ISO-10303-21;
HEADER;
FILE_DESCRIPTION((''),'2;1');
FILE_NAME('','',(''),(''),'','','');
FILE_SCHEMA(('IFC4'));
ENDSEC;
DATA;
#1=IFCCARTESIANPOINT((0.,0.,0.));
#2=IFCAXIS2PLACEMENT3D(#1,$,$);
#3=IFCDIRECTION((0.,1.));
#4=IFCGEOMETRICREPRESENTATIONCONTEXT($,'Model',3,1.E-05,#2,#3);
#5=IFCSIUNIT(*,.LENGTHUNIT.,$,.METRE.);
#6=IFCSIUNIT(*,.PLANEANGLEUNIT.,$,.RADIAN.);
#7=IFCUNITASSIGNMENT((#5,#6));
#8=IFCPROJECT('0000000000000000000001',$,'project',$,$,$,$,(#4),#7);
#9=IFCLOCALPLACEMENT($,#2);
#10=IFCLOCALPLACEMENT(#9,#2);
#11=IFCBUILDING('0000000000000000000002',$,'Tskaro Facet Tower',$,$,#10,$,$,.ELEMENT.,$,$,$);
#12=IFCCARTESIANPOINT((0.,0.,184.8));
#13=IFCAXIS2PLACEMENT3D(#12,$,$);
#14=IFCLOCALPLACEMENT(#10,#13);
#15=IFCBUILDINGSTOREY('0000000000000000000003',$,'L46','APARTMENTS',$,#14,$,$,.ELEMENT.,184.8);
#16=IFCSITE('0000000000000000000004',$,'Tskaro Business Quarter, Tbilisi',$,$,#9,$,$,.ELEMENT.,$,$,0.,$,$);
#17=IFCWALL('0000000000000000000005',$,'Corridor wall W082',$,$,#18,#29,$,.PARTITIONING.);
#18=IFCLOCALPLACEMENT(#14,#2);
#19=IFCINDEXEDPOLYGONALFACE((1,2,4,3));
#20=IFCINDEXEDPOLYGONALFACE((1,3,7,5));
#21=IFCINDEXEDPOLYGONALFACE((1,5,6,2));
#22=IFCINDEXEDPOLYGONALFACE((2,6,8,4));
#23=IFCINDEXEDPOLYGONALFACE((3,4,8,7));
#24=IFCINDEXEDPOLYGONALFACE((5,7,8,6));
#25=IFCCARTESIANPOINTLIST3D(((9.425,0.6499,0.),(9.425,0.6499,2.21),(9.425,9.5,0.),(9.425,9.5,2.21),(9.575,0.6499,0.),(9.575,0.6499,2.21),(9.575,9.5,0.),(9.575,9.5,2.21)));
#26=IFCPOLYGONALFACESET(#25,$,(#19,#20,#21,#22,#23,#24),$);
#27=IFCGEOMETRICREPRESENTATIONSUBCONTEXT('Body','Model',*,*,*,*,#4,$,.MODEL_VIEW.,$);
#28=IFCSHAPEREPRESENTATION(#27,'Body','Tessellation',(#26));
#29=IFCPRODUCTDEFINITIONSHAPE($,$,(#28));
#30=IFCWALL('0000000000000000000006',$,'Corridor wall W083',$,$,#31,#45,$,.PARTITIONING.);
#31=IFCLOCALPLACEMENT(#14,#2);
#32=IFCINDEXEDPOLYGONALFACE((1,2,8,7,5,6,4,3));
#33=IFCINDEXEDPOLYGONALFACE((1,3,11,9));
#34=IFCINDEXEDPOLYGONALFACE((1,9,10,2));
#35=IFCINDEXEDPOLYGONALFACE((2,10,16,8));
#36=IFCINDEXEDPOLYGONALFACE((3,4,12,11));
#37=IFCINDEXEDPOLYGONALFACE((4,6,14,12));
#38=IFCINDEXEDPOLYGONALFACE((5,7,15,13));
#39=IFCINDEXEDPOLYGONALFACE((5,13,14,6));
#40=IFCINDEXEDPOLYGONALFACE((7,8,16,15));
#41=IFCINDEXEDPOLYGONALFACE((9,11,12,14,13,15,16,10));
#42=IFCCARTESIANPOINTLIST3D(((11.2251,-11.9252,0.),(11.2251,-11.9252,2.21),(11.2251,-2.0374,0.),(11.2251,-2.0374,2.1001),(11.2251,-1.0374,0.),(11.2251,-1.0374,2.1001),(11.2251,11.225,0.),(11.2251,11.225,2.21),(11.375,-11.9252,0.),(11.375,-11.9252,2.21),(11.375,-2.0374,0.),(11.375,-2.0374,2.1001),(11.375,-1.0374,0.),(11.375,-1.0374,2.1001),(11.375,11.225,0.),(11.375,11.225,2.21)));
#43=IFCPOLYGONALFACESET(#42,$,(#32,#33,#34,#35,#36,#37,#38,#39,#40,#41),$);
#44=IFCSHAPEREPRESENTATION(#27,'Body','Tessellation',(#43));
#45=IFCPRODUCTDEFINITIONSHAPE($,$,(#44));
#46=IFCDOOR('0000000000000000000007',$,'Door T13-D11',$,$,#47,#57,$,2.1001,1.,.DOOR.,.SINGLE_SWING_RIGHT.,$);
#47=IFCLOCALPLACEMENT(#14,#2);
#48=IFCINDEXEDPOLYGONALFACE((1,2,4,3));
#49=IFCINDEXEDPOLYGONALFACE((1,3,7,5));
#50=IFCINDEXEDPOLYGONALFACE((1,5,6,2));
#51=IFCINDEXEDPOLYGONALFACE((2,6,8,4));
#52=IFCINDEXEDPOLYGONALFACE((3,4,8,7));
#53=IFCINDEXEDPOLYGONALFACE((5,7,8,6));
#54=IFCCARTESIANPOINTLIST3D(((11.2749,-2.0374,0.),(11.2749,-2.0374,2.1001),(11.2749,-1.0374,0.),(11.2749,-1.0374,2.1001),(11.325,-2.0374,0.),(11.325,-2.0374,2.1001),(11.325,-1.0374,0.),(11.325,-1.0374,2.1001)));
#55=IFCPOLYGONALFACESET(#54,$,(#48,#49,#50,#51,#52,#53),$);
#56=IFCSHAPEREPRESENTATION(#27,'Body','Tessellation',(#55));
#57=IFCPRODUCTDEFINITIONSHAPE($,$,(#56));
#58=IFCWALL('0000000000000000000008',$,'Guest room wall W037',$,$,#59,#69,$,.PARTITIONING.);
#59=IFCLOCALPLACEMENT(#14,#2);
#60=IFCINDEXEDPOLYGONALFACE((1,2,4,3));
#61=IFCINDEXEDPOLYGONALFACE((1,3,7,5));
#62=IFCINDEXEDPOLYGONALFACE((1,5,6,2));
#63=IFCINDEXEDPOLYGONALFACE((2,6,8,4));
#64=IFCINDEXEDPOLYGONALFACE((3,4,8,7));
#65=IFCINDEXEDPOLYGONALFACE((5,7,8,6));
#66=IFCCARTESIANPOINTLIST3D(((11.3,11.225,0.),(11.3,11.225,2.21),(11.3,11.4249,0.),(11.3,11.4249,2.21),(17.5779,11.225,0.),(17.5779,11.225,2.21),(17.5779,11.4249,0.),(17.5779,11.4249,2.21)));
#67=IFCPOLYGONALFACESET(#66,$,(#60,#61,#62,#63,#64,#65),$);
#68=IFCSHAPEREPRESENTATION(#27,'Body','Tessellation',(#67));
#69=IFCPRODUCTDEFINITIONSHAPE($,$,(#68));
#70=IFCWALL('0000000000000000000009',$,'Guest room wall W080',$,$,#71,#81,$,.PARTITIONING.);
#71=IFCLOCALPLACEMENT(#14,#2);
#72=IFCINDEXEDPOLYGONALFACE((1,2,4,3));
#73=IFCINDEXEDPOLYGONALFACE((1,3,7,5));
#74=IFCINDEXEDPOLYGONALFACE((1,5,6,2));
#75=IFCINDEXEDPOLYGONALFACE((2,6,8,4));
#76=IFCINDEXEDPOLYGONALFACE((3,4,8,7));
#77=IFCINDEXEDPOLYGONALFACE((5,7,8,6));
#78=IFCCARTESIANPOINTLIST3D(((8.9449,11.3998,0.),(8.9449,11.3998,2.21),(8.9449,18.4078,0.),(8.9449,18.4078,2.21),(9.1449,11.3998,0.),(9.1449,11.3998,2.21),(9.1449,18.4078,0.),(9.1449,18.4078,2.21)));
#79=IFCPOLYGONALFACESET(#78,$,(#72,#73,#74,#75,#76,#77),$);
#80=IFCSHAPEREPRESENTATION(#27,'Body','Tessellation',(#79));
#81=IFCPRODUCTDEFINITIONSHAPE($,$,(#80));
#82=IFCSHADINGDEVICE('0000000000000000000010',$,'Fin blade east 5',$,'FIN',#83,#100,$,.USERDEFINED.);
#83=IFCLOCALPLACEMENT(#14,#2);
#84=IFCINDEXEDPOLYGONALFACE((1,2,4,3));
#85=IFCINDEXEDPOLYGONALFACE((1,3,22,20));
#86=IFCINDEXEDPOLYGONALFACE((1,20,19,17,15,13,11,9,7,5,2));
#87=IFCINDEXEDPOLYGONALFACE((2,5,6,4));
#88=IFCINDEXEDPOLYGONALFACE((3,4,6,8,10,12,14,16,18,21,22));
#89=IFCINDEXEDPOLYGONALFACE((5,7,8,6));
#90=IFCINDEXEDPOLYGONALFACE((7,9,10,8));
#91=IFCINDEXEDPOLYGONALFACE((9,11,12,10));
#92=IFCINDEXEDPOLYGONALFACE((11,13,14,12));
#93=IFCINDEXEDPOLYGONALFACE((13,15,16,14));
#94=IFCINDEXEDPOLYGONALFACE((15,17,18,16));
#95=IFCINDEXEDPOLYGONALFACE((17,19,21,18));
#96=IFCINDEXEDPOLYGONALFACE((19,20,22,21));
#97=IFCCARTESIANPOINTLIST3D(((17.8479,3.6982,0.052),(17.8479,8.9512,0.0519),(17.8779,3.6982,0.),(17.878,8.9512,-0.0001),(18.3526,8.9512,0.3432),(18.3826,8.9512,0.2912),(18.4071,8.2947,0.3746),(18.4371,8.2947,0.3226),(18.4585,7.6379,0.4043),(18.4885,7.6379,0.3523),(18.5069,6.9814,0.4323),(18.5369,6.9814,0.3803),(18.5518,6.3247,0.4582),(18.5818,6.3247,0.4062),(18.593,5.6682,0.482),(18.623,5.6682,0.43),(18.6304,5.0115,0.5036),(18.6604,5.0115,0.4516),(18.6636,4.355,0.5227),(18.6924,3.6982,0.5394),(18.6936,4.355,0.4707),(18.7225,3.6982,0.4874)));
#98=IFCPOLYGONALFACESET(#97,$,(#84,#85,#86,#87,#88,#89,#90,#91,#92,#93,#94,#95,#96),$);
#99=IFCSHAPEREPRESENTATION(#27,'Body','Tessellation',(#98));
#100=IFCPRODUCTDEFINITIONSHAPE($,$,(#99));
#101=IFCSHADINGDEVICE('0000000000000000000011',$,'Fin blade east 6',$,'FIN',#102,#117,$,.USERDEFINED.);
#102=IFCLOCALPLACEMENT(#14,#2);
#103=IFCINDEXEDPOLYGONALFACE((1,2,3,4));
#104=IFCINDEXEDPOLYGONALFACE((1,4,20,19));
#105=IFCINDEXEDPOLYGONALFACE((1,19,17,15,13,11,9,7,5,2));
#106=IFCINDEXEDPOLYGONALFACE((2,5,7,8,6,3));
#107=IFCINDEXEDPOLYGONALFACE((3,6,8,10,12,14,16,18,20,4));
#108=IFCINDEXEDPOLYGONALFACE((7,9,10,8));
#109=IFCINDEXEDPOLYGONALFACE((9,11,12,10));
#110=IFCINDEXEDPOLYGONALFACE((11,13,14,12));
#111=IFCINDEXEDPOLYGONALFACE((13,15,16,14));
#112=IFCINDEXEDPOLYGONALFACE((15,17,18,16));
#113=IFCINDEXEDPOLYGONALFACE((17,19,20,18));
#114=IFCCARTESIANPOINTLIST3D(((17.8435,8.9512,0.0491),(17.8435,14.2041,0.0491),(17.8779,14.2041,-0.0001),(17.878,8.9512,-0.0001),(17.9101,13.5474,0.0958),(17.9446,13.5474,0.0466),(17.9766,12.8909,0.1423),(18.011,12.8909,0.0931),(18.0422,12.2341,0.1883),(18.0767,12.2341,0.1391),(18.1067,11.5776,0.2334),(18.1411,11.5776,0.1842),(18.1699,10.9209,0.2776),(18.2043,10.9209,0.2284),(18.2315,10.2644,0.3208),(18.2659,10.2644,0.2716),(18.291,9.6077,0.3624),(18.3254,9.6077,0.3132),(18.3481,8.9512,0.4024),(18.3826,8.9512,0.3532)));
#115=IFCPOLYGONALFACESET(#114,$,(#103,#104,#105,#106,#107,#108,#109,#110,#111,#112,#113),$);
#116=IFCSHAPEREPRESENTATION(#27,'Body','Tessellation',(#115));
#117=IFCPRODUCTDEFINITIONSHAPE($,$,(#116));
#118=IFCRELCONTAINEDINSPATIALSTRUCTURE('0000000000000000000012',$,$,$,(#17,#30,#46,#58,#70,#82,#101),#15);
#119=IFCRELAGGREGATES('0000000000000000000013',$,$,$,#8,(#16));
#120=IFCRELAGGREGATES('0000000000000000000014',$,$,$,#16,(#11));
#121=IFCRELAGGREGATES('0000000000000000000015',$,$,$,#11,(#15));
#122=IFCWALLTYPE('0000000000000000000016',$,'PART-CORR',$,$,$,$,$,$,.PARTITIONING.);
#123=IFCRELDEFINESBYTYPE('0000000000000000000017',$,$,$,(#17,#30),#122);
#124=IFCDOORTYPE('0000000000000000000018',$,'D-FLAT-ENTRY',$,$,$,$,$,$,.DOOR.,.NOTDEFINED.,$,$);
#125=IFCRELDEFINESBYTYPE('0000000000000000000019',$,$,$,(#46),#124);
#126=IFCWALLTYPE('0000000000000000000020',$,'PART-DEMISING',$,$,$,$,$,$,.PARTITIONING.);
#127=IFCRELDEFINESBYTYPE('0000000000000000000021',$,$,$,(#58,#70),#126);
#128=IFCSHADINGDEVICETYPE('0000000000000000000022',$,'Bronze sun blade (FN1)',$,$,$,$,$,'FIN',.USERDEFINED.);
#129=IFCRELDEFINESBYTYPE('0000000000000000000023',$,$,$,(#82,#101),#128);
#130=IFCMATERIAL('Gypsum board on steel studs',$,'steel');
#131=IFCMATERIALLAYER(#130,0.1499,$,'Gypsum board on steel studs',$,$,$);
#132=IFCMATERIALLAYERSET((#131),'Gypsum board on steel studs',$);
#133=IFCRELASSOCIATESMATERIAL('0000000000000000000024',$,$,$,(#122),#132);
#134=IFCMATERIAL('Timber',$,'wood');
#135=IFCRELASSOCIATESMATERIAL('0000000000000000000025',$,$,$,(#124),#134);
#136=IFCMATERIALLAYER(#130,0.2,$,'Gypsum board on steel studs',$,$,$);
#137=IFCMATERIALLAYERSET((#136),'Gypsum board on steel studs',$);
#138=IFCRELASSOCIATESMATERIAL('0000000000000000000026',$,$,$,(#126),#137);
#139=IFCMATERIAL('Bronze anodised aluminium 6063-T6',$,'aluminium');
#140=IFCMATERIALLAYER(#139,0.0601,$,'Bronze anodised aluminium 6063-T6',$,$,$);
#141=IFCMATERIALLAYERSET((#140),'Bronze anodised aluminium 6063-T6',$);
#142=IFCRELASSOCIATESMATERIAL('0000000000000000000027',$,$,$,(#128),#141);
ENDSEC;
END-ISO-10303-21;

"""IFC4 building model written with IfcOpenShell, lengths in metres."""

from ifc_helpers import new_model, si_unit, direction, frame, frame_2d, origin, place, context, subcontext, project, spatial, polyline, rectangle, outline, extrude, material, layer, layer_set, type_object, element, fill, save


model = new_model("IFC4")

# Units and contexts
model_context = context("Model", 3, precision=1e-05, world=origin(), true_north=direction((0.0, 1.0)))
body_context = subcontext(model_context, "Body", "Model", "MODEL_VIEW")
ifc_project = project(units=[si_unit("LENGTHUNIT", "METRE"), si_unit("PLANEANGLEUNIT", "RADIAN")], contexts=[model_context])

# Site, building, storey
site_placement = place(None, origin())
site = spatial("IfcSite", under=ifc_project, at=site_placement, Name="Tskaro Business Quarter, Tbilisi", CompositionType="ELEMENT", RefElevation=0.0)
building_placement = place(site_placement, origin())
building = spatial("IfcBuilding", under=site, at=building_placement, Name="Tskaro Facet Tower", CompositionType="ELEMENT")
storey_placement = place(building_placement, frame((0.0, 0.0, 184.8)))
storey = spatial("IfcBuildingStorey", under=building, at=storey_placement, Name="L46", Description="APARTMENTS", CompositionType="ELEMENT", Elevation=184.8)

# Shared definitions
ifc_material_1 = material(Name="Bronze anodised aluminium 6063-T6", Category="aluminium")

# Shared definitions
ifc_material_2 = material(Name="Gypsum board on steel studs", Category="steel")

# Shared definitions
ifc_material_3 = material(Name="Timber", Category="wood")

# Wall
ifc_layer_1 = layer(ifc_material_2, 0.1499, Name="Gypsum board on steel studs")
ifc_layer_set_1 = layer_set([ifc_layer_1], Name="Gypsum board on steel studs")
wall_type_1 = type_object("IfcWallType", Name="PART-CORR", PredefinedType="PARTITIONING", material=ifc_layer_set_1)
wall_1_placement = place(storey_placement, frame((9.5, 0.6499, 0.0), z_axis=(0.0, 0.0, 1.0), x_axis=(0.0, 1.0, 0.0)))
element("IfcWall", 1, at=wall_1_placement, inside=storey, type_object=wall_type_1, Name="Corridor wall W082", PredefinedType="PARTITIONING", context=body_context, shape_type="SweptSolid", body=[
    extrude(rectangle(XDim=8.8501, YDim=0.1499, at=frame_2d((4.425, 0.0))), origin(), (0.0, 0.0, 1.0), 2.21),
])

# Wall, opening, door
wall_2_placement = place(storey_placement, frame((11.3, 11.2251, 0.0), z_axis=(0.0, 0.0, 1.0), x_axis=(0.0, -1.0, 0.0)))
wall_2 = element("IfcWall", 2, at=wall_2_placement, inside=storey, type_object=wall_type_1, Name="Corridor wall W083", PredefinedType="PARTITIONING", context=body_context, shape_type="SweptSolid", body=[
    extrude(rectangle(XDim=23.1501, YDim=0.1499, at=frame_2d((11.5752, 0.0))), origin(), (0.0, 0.0, 1.0), 2.21),
])
opening_1_placement = place(wall_2_placement, frame((12.2625, 0.0, 0.0)))
opening_1 = element("IfcOpeningElement", 3, at=opening_1_placement, cuts=wall_2, PredefinedType="OPENING", context=body_context, shape_type="SweptSolid", body=[
    extrude(rectangle(XDim=1.0, YDim=2.1001, at=frame_2d((0.5, 1.05))), frame((0.0, 0.085, 0.0), z_axis=(0.0, -1.0, 0.0), x_axis=(1.0, 0.0, 0.0)), (0.0, 0.0, 1.0), 0.1699),
])
door_type_1 = type_object("IfcDoorType", Name="D-FLAT-ENTRY", OperationType="NOTDEFINED", PredefinedType="DOOR", material=ifc_material_3)
door_1_placement = place(opening_1_placement, origin())
door_1 = element("IfcDoor", 4, at=door_1_placement, inside=storey, type_object=door_type_1, Name="Door T13-D11", OperationType="SINGLE_SWING_RIGHT", OverallHeight=2.1001, OverallWidth=1.0, PredefinedType="DOOR", context=body_context, shape_type="SweptSolid", body=[
    extrude(rectangle(XDim=1.0, YDim=2.1001, at=frame_2d((0.5, 1.05))), frame((0.0, 0.0249, 0.0), z_axis=(0.0, -1.0, 0.0), x_axis=(1.0, 0.0, 0.0)), (0.0, 0.0, 1.0), 0.05),
])
fill(opening_1, door_1)

# Walls
ifc_layer_2 = layer(ifc_material_2, 0.2, Name="Gypsum board on steel studs")
ifc_layer_set_2 = layer_set([ifc_layer_2], Name="Gypsum board on steel studs")
wall_type_2 = type_object("IfcWallType", Name="PART-DEMISING", PredefinedType="PARTITIONING", material=ifc_layer_set_2)
wall_3_placement = place(storey_placement, frame((11.3, 11.325, 0.0), z_axis=(0.0, 0.0, 1.0), x_axis=(1.0, 0.0, 0.0)))
element("IfcWall", 5, at=wall_3_placement, inside=storey, type_object=wall_type_2, Name="Guest room wall W037", PredefinedType="PARTITIONING", context=body_context, shape_type="SweptSolid", body=[
    extrude(rectangle(XDim=6.2778, YDim=0.2, at=frame_2d((3.1389, 0.0))), origin(), (0.0, 0.0, 1.0), 2.21),
])
wall_4_placement = place(storey_placement, frame((9.0449, 11.3999, 0.0), z_axis=(0.0, 0.0, 1.0), x_axis=(0.0, 1.0, 0.0)))
element("IfcWall", 6, at=wall_4_placement, inside=storey, type_object=wall_type_2, Name="Guest room wall W080", PredefinedType="PARTITIONING", context=body_context, shape_type="SweptSolid", body=[
    extrude(rectangle(XDim=7.0081, YDim=0.2, at=frame_2d((3.5039, 0.0))), origin(), (0.0, 0.0, 1.0), 2.21),
])

# Shading devices
ifc_layer_3 = layer(ifc_material_1, 0.0601, Name="Bronze anodised aluminium 6063-T6")
ifc_layer_set_3 = layer_set([ifc_layer_3], Name="Bronze anodised aluminium 6063-T6")
shading_device_type = type_object("IfcShadingDeviceType", Name="Bronze sun blade (FN1)", ElementType="FIN", PredefinedType="USERDEFINED", material=ifc_layer_set_3)
shading_device_1_placement = place(storey_placement, frame((17.8479, 3.6982, 0.052), z_axis=(-0.499872, 0.000015, 0.866099), x_axis=(0.000008, 1.0, -0.000013)))
element("IfcShadingDevice", 7, at=shading_device_1_placement, inside=storey, type_object=shading_device_type, Name="Fin blade east 5", ObjectType="FIN", PredefinedType="USERDEFINED", context=body_context, shape_type="SweptSolid", body=[
    extrude(outline(polyline([(0.0, 0.0), (5.2529, 0.0), (5.2529, -0.5827), (4.5964, -0.6456), (3.9397, -0.7049), (3.2832, -0.7608), (2.6265, -0.8127), (1.97, -0.8603), (1.3132, -0.9035), (0.6567, -0.9417), (0.0, -0.9751), (0.0, 0.0)])), origin(), (0.0, 0.0, -1.0), 0.0601),
])
shading_device_2_placement = place(storey_placement, frame((17.8435, 8.9512, 0.0491), z_axis=(-0.573575, -0.000013, 0.819153), x_axis=(-0.000007, 1.0, 0.00001)))
element("IfcShadingDevice", 8, at=shading_device_2_placement, inside=storey, type_object=shading_device_type, Name="Fin blade east 6", ObjectType="FIN", PredefinedType="USERDEFINED", context=body_context, shape_type="SweptSolid", body=[
    extrude(outline(polyline([(0.0, 0.0), (5.2529, 0.0), (4.5962, -0.0813), (3.9397, -0.1625), (3.283, -0.2426), (2.6265, -0.3213), (1.9697, -0.3985), (1.3132, -0.4736), (0.6565, -0.5462), (0.0, -0.616), (0.0, 0.0)])), origin(), (0.0, 0.0, -1.0), 0.0601),
])

save(model, "model.ifc")
